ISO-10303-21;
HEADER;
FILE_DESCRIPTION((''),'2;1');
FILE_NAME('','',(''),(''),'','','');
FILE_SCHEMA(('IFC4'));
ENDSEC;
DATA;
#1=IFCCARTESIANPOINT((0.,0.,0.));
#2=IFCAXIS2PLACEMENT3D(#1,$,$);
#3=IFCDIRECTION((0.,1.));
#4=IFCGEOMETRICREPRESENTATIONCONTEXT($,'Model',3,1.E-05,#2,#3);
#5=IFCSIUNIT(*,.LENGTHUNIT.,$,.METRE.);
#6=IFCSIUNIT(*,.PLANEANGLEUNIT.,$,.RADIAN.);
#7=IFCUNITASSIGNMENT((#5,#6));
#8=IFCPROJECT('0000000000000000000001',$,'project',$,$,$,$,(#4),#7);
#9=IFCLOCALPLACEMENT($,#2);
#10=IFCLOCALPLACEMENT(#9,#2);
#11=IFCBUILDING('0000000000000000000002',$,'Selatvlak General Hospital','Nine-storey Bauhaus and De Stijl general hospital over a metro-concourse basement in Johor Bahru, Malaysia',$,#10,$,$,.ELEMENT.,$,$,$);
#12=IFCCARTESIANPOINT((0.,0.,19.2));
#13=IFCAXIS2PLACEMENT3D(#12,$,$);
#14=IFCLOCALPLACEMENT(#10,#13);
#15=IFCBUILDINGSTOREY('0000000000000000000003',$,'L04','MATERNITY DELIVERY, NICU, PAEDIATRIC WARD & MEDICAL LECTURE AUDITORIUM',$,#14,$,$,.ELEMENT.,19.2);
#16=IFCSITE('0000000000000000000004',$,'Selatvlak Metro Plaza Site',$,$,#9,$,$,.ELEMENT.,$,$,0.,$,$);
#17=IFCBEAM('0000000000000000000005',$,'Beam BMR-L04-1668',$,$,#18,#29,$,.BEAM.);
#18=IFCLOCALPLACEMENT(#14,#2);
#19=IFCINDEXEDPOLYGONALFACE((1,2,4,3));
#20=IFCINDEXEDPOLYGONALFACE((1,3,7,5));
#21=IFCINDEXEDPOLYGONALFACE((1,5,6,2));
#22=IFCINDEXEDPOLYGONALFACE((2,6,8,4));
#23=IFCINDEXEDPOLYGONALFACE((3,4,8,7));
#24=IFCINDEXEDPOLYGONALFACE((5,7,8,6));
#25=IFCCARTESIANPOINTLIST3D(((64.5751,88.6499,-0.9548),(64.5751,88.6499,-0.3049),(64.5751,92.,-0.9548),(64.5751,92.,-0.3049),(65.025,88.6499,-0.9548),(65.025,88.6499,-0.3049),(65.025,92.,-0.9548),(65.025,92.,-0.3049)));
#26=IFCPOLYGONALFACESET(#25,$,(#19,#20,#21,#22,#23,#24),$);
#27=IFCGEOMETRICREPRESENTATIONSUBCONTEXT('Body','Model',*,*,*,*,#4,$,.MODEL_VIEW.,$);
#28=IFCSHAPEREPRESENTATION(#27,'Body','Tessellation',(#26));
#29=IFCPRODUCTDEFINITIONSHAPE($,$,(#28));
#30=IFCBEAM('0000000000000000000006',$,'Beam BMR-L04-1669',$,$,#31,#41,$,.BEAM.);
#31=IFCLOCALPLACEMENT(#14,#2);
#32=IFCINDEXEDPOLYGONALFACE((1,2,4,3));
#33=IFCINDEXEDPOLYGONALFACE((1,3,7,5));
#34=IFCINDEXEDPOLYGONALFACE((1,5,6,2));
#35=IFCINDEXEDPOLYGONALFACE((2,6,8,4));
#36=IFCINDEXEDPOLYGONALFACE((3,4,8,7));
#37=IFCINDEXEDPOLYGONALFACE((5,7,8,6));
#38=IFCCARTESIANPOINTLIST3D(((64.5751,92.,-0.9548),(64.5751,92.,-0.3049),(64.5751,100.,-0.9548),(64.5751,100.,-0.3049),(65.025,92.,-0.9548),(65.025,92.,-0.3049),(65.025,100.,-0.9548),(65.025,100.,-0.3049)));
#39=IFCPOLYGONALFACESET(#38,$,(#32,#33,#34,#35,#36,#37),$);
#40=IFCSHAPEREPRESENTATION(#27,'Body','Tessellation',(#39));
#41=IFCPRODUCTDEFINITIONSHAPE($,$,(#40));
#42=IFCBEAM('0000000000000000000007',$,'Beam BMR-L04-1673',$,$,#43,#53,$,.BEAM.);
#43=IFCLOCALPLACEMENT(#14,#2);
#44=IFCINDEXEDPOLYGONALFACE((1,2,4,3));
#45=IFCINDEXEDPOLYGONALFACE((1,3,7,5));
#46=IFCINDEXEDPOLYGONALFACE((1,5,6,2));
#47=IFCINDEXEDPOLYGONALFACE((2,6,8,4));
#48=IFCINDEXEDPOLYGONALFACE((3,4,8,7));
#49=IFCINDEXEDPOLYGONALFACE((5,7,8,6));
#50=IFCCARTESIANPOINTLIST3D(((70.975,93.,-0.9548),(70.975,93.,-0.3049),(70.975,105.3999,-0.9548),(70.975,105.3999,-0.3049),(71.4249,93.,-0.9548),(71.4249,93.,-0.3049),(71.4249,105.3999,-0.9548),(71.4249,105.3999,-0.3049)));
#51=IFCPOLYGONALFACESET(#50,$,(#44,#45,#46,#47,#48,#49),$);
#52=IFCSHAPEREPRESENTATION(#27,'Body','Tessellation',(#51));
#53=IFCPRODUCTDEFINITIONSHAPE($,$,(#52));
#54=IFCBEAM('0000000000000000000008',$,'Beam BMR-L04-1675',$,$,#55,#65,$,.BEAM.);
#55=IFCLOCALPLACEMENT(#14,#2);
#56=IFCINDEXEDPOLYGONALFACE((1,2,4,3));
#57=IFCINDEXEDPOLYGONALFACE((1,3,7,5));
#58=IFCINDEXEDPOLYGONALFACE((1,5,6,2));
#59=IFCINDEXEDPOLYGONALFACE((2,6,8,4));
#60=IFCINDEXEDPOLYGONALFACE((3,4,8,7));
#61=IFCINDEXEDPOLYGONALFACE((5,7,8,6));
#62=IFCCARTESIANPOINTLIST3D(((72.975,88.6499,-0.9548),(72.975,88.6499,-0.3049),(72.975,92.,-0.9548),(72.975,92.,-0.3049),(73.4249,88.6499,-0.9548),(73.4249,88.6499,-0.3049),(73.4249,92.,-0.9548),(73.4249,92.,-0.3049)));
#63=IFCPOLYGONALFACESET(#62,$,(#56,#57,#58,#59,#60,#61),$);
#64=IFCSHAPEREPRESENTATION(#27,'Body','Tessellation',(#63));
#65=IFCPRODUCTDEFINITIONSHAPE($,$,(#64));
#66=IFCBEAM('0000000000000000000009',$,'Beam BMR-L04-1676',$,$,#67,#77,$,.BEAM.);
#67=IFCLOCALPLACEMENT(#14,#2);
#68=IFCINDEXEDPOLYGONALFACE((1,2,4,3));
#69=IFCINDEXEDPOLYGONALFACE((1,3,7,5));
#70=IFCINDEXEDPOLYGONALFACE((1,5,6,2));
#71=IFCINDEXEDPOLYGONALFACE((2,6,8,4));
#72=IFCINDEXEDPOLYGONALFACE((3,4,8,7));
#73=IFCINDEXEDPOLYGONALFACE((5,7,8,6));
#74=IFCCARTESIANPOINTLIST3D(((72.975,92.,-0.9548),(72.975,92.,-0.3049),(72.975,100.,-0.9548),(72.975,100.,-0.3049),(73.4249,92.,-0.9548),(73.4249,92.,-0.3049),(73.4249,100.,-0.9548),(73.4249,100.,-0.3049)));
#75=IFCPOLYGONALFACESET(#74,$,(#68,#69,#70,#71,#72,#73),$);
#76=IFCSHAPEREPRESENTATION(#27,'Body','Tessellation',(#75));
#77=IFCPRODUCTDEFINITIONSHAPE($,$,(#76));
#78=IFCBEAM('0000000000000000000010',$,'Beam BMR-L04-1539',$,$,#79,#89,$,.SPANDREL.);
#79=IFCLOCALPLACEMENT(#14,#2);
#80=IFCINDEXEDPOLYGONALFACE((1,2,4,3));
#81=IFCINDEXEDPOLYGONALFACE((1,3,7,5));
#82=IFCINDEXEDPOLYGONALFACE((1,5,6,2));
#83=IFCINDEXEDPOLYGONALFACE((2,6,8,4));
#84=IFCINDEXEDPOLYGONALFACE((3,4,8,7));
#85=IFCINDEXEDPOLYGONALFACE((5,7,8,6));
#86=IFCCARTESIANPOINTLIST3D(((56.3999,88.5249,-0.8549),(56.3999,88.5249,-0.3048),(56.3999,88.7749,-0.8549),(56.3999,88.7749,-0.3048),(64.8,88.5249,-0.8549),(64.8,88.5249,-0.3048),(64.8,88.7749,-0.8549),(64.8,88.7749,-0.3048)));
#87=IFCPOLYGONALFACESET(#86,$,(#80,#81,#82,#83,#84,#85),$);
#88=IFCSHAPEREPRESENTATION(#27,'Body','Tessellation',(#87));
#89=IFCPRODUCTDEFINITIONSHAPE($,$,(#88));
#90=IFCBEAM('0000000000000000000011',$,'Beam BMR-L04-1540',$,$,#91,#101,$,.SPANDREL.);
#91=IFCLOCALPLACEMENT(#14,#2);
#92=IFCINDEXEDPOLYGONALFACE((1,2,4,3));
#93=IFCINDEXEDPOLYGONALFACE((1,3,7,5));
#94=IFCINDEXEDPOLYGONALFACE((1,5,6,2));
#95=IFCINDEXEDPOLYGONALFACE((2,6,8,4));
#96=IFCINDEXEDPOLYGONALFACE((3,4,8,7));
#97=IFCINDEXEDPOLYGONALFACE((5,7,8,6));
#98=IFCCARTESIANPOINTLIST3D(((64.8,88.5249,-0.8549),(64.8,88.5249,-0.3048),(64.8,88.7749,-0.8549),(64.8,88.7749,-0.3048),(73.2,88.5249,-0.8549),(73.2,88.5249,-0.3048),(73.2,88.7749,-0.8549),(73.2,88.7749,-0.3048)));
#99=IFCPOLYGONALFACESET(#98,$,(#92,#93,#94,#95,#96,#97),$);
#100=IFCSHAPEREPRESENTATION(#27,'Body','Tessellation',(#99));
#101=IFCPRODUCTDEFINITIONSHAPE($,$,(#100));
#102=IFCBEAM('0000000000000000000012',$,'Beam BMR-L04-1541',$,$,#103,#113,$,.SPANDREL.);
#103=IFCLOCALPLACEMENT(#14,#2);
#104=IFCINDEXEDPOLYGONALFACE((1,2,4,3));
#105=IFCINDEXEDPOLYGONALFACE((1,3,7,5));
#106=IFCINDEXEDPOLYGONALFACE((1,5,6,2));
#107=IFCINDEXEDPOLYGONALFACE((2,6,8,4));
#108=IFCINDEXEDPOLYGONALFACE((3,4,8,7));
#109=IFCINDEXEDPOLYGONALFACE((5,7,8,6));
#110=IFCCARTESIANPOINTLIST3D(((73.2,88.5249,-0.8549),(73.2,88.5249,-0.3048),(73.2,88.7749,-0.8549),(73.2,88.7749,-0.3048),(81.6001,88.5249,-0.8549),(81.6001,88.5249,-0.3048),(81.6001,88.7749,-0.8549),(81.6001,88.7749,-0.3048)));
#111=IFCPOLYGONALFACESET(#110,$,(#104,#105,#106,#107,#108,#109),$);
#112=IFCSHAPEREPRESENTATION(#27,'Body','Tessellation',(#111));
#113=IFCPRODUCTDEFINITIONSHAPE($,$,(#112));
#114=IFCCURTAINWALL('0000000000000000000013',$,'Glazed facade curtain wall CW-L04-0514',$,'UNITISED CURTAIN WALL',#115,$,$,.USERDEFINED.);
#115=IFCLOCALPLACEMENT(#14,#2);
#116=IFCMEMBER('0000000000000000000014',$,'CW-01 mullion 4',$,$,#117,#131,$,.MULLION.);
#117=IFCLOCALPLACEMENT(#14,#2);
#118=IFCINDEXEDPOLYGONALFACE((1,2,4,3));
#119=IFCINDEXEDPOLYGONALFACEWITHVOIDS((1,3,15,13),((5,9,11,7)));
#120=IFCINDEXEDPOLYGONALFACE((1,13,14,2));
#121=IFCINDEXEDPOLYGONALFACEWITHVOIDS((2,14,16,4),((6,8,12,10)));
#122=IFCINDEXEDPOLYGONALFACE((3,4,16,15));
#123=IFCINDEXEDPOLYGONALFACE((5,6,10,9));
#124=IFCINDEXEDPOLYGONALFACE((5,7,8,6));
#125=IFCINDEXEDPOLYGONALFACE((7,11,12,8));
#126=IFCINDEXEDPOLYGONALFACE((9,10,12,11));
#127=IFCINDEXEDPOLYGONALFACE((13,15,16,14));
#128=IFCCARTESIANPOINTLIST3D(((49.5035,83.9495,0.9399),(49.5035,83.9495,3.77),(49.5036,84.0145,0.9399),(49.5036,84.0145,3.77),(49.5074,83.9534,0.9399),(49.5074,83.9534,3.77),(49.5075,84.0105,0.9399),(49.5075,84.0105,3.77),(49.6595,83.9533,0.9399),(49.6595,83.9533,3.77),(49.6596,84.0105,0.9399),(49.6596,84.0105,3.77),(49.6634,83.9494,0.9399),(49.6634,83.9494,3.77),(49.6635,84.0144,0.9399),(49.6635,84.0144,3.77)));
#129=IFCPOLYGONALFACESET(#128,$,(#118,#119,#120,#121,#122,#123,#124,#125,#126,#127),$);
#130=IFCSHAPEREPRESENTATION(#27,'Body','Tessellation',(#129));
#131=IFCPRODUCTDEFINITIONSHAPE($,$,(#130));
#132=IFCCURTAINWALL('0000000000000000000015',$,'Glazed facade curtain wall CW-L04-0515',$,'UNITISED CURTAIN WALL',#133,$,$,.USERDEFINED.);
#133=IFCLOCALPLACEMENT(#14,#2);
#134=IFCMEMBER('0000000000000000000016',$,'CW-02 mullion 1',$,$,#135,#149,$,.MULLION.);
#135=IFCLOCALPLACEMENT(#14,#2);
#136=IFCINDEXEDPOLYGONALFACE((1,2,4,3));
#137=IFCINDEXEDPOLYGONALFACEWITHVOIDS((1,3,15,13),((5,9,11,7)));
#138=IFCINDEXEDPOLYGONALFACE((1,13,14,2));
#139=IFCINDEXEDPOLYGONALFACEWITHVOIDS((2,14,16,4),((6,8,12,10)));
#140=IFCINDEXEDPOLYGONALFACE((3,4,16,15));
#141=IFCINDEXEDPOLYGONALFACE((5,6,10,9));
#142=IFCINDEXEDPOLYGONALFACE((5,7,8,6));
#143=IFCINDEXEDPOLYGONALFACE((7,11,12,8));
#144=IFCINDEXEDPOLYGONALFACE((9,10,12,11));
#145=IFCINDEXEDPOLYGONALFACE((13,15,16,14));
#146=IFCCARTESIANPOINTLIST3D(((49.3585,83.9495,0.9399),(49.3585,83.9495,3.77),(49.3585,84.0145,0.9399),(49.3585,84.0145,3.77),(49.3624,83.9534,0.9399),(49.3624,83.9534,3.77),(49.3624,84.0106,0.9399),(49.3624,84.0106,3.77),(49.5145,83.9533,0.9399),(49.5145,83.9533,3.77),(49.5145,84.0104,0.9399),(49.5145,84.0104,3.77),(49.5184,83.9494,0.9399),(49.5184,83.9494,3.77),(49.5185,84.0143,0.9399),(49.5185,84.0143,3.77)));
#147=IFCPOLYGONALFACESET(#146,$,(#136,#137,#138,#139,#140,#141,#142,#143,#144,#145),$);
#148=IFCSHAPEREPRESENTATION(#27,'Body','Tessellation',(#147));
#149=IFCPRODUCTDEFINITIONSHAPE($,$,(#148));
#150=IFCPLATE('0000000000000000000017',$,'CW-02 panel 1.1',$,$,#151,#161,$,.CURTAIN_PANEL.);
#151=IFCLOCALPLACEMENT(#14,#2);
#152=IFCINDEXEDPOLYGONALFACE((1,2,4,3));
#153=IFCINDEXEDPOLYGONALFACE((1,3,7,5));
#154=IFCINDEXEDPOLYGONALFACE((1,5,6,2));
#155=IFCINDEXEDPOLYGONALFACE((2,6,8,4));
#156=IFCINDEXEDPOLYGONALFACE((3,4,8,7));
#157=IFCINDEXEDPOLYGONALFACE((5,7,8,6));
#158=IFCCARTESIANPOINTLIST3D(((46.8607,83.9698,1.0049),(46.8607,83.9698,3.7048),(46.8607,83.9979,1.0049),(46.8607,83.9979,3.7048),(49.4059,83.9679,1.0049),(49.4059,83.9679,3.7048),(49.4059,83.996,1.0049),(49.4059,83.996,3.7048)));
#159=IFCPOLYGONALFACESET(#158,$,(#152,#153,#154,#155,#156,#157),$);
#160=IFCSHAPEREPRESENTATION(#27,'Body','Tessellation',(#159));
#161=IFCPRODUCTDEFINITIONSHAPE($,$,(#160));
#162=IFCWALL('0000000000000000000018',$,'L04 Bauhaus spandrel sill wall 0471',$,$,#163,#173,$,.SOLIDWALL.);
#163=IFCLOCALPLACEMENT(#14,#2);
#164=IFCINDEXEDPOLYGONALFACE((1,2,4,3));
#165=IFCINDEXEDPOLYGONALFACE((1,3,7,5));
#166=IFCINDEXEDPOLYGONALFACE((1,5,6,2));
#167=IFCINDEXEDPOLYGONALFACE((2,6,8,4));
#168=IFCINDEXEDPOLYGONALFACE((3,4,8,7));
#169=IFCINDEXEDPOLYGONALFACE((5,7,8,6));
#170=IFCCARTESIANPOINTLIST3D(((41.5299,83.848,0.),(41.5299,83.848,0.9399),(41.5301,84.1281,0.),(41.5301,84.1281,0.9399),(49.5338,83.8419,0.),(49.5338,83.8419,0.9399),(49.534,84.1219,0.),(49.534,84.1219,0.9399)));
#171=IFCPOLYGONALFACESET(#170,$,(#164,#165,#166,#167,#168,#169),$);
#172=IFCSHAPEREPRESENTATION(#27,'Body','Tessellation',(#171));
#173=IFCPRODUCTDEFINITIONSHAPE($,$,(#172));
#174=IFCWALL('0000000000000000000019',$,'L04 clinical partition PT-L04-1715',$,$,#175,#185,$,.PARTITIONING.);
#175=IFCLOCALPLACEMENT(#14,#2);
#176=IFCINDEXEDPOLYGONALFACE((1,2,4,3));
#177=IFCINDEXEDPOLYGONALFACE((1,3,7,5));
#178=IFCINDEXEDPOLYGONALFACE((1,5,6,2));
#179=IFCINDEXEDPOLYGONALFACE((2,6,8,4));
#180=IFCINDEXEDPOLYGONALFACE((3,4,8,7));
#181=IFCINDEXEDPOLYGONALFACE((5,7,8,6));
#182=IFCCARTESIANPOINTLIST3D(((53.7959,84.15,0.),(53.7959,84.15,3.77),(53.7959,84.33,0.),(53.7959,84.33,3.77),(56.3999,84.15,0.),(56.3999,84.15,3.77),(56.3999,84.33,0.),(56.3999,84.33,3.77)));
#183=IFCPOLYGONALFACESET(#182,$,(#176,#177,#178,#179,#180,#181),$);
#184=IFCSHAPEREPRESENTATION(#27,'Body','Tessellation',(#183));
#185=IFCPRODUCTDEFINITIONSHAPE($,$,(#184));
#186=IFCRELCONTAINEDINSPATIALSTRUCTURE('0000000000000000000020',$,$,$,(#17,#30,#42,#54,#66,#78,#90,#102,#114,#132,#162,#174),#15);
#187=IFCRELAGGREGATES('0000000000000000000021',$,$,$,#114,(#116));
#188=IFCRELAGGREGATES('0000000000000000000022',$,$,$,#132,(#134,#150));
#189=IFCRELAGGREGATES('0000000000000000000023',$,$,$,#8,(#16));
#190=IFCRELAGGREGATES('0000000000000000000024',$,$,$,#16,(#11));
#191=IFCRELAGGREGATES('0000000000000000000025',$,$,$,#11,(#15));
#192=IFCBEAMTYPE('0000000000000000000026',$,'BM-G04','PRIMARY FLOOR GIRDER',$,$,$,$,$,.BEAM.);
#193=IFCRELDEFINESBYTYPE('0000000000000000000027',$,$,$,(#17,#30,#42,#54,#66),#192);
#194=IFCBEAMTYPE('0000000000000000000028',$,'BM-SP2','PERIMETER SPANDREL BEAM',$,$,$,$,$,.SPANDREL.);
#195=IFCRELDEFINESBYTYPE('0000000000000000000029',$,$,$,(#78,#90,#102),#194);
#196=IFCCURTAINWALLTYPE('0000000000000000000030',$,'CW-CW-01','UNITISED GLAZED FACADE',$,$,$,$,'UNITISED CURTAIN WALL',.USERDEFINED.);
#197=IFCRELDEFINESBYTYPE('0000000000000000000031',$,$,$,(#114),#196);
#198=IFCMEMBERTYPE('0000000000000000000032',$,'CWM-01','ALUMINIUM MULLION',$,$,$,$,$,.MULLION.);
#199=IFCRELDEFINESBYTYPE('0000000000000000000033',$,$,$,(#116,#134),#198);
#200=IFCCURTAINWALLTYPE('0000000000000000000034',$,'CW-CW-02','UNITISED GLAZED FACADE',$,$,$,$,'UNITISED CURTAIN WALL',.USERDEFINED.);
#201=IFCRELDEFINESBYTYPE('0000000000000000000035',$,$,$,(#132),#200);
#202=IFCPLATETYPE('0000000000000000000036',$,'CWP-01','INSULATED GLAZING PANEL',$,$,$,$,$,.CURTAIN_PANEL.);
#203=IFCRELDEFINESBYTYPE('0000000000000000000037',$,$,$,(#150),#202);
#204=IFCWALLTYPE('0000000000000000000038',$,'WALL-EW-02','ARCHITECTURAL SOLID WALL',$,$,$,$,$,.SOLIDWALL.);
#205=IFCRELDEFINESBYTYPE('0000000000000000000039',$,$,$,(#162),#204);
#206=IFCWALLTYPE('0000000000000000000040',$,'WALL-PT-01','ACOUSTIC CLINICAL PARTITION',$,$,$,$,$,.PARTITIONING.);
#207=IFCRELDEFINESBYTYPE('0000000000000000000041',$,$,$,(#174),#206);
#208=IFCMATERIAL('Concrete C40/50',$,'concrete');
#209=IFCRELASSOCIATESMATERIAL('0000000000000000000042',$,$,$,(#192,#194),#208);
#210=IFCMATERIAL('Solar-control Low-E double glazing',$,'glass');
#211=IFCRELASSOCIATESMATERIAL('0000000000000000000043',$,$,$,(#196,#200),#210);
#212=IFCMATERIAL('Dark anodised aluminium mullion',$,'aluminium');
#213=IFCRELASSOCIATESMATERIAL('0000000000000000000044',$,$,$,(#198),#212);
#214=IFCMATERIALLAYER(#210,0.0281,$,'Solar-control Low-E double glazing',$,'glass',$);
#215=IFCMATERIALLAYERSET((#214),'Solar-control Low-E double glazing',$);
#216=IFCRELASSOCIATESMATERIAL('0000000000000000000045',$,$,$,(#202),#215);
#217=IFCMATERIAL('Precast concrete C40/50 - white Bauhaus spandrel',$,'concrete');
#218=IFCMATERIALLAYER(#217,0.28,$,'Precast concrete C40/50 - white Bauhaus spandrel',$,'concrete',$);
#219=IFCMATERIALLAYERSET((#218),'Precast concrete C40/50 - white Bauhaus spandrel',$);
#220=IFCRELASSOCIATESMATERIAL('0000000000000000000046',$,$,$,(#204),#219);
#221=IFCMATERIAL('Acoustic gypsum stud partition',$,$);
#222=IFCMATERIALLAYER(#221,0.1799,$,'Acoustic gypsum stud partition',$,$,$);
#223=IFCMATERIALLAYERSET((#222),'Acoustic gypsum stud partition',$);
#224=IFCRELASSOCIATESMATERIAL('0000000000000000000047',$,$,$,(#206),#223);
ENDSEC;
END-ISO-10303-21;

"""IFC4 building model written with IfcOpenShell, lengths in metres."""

from ifc_helpers import new_model, si_unit, direction, frame, frame_2d, origin, origin_2d, place, context, subcontext, project, spatial, rectangle, hollow_rectangle, extrude, material, layer, layer_set, material_profile, profile_set, type_object, element, aggregate, save


model = new_model("IFC4")

# Units and contexts
model_context = context("Model", 3, precision=1e-05, world=origin(), true_north=direction((0.0, 1.0)))
body_context = subcontext(model_context, "Body", "Model", "MODEL_VIEW")
ifc_project = project(units=[si_unit("LENGTHUNIT", "METRE"), si_unit("PLANEANGLEUNIT", "RADIAN")], contexts=[model_context])

# Site, building, storey
site_placement = place(None, origin())
site = spatial("IfcSite", under=ifc_project, at=site_placement, Name="Selatvlak Metro Plaza Site", CompositionType="ELEMENT", RefElevation=0.0)
building_placement = place(site_placement, origin())
building = spatial("IfcBuilding", under=site, at=building_placement, Name="Selatvlak General Hospital", Description="Nine-storey Bauhaus and De Stijl general hospital over a metro-concourse basement in Johor Bahru, Malaysia", CompositionType="ELEMENT")
storey_placement = place(building_placement, frame((0.0, 0.0, 19.2)))
storey = spatial("IfcBuildingStorey", under=building, at=storey_placement, Name="L04", Description="MATERNITY DELIVERY, NICU, PAEDIATRIC WARD & MEDICAL LECTURE AUDITORIUM", CompositionType="ELEMENT", Elevation=19.2)

# Beams
ifc_material_1 = material(Name="Concrete C40/50", Category="concrete")
ifc_material_profile_1 = material_profile(ifc_material_1, rectangle(XDim=0.45, YDim=0.6499, at=origin_2d()), Name="RC-BM 450x650")
ifc_profile_set_1 = profile_set([ifc_material_profile_1], Name="Concrete C40/50")
beam_type_1 = type_object("IfcBeamType", Name="BM-G04", Description="PRIMARY FLOOR GIRDER", PredefinedType="BEAM", material=ifc_profile_set_1)
beam_1_placement = place(storey_placement, frame((64.8, 88.6499, -0.6299), z_axis=(0.0, 1.0, 0.0), x_axis=(-1.0, 0.0, 0.0)))
element("IfcBeam", 1, at=beam_1_placement, inside=storey, type_object=beam_type_1, Name="Beam BMR-L04-1668", PredefinedType="BEAM", context=body_context, shape_type="SweptSolid", body=[
    extrude(rectangle(XDim=0.45, YDim=0.6499, at=origin_2d()), origin(), (0.0, 0.0, 1.0), 3.3501),
])
beam_2_placement = place(storey_placement, frame((64.8, 92.0, -0.6299), z_axis=(0.0, 1.0, 0.0), x_axis=(-1.0, 0.0, 0.0)))
element("IfcBeam", 2, at=beam_2_placement, inside=storey, type_object=beam_type_1, Name="Beam BMR-L04-1669", PredefinedType="BEAM", context=body_context, shape_type="SweptSolid", body=[
    extrude(rectangle(XDim=0.45, YDim=0.6499, at=origin_2d()), origin(), (0.0, 0.0, 1.0), 8.0),
])
beam_3_placement = place(storey_placement, frame((71.2, 93.0, -0.6299), z_axis=(0.0, 1.0, 0.0), x_axis=(-1.0, 0.0, 0.0)))
element("IfcBeam", 3, at=beam_3_placement, inside=storey, type_object=beam_type_1, Name="Beam BMR-L04-1673", PredefinedType="BEAM", context=body_context, shape_type="SweptSolid", body=[
    extrude(rectangle(XDim=0.45, YDim=0.6499, at=origin_2d()), origin(), (0.0, 0.0, 1.0), 12.3999),
])
beam_4_placement = place(storey_placement, frame((73.2, 88.6499, -0.6299), z_axis=(0.0, 1.0, 0.0), x_axis=(-1.0, 0.0, 0.0)))
element("IfcBeam", 4, at=beam_4_placement, inside=storey, type_object=beam_type_1, Name="Beam BMR-L04-1675", PredefinedType="BEAM", context=body_context, shape_type="SweptSolid", body=[
    extrude(rectangle(XDim=0.45, YDim=0.6499, at=origin_2d()), origin(), (0.0, 0.0, 1.0), 3.3501),
])
beam_5_placement = place(storey_placement, frame((73.2, 92.0, -0.6299), z_axis=(0.0, 1.0, 0.0), x_axis=(-1.0, 0.0, 0.0)))
element("IfcBeam", 5, at=beam_5_placement, inside=storey, type_object=beam_type_1, Name="Beam BMR-L04-1676", PredefinedType="BEAM", context=body_context, shape_type="SweptSolid", body=[
    extrude(rectangle(XDim=0.45, YDim=0.6499, at=origin_2d()), origin(), (0.0, 0.0, 1.0), 8.0),
])
ifc_material_profile_2 = material_profile(ifc_material_1, rectangle(XDim=0.25, YDim=0.55, at=origin_2d()), Name="RC-SP 250x550")
ifc_profile_set_2 = profile_set([ifc_material_profile_2], Name="Concrete C40/50")
beam_type_2 = type_object("IfcBeamType", Name="BM-SP2", Description="PERIMETER SPANDREL BEAM", PredefinedType="SPANDREL", material=ifc_profile_set_2)
beam_6_placement = place(storey_placement, frame((56.3999, 88.6499, -0.5798), z_axis=(1.0, 0.0, 0.0), x_axis=(0.0, 1.0, 0.0)))
element("IfcBeam", 6, at=beam_6_placement, inside=storey, type_object=beam_type_2, Name="Beam BMR-L04-1539", PredefinedType="SPANDREL", context=body_context, shape_type="SweptSolid", body=[
    extrude(rectangle(XDim=0.25, YDim=0.55, at=origin_2d()), origin(), (0.0, 0.0, 1.0), 8.4001),
])
beam_7_placement = place(storey_placement, frame((64.8, 88.6499, -0.5798), z_axis=(1.0, 0.0, 0.0), x_axis=(0.0, 1.0, 0.0)))
element("IfcBeam", 7, at=beam_7_placement, inside=storey, type_object=beam_type_2, Name="Beam BMR-L04-1540", PredefinedType="SPANDREL", context=body_context, shape_type="SweptSolid", body=[
    extrude(rectangle(XDim=0.25, YDim=0.55, at=origin_2d()), origin(), (0.0, 0.0, 1.0), 8.3999),
])
beam_8_placement = place(storey_placement, frame((73.2, 88.6499, -0.5798), z_axis=(1.0, 0.0, 0.0), x_axis=(0.0, 1.0, 0.0)))
element("IfcBeam", 8, at=beam_8_placement, inside=storey, type_object=beam_type_2, Name="Beam BMR-L04-1541", PredefinedType="SPANDREL", context=body_context, shape_type="SweptSolid", body=[
    extrude(rectangle(XDim=0.25, YDim=0.55, at=origin_2d()), origin(), (0.0, 0.0, 1.0), 8.4001),
])

# Curtain wall, member
ifc_material_2 = material(Name="Solar-control Low-E double glazing", Category="glass")
curtain_wall_type_1 = type_object("IfcCurtainWallType", Name="CW-CW-01", Description="UNITISED GLAZED FACADE", ElementType="UNITISED CURTAIN WALL", PredefinedType="USERDEFINED", material=ifc_material_2)
curtain_wall_1_placement = place(storey_placement, origin())
curtain_wall_1 = element("IfcCurtainWall", 9, at=curtain_wall_1_placement, inside=storey, type_object=curtain_wall_type_1, Name="Glazed facade curtain wall CW-L04-0514", ObjectType="UNITISED CURTAIN WALL", PredefinedType="USERDEFINED")
ifc_material_3 = material(Name="Dark anodised aluminium mullion", Category="aluminium")
ifc_material_profile_3 = material_profile(ifc_material_3, hollow_rectangle(XDim=0.0649, YDim=0.1599, WallThickness=0.0039, at=origin_2d()), Name="AL-MUL 65x160x4")
ifc_profile_set_3 = profile_set([ifc_material_profile_3], Name="Dark anodised aluminium mullion")
member_type = type_object("IfcMemberType", Name="CWM-01", Description="ALUMINIUM MULLION", PredefinedType="MULLION", material=ifc_profile_set_3)
member_1_placement = place(storey_placement, frame((49.5835, 83.9819, 0.9399), z_axis=(0.0, 0.0, 1.0), x_axis=(-0.000631, -1.0, 0.0)))
member_1 = element("IfcMember", 10, at=member_1_placement, type_object=member_type, Name="CW-01 mullion 4", PredefinedType="MULLION", context=body_context, shape_type="SweptSolid", body=[
    extrude(hollow_rectangle(XDim=0.0649, YDim=0.1599, WallThickness=0.0039, at=origin_2d()), origin(), (0.0, 0.0, 1.0), 2.8301),
])
aggregate(curtain_wall_1, [member_1])

# Curtain wall, member, plate
curtain_wall_type_2 = type_object("IfcCurtainWallType", Name="CW-CW-02", Description="UNITISED GLAZED FACADE", ElementType="UNITISED CURTAIN WALL", PredefinedType="USERDEFINED", material=ifc_material_2)
curtain_wall_2_placement = place(storey_placement, origin())
curtain_wall_2 = element("IfcCurtainWall", 11, at=curtain_wall_2_placement, inside=storey, type_object=curtain_wall_type_2, Name="Glazed facade curtain wall CW-L04-0515", ObjectType="UNITISED CURTAIN WALL", PredefinedType="USERDEFINED")
member_2_placement = place(storey_placement, frame((49.4385, 83.9819, 0.9399), z_axis=(0.0, 0.0, 1.0), x_axis=(-0.000757, -1.0, 0.0)))
member_2 = element("IfcMember", 12, at=member_2_placement, type_object=member_type, Name="CW-02 mullion 1", PredefinedType="MULLION", context=body_context, shape_type="SweptSolid", body=[
    extrude(hollow_rectangle(XDim=0.0649, YDim=0.1599, WallThickness=0.0039, at=origin_2d()), origin(), (0.0, 0.0, 1.0), 2.8301),
])
ifc_layer_1 = layer(ifc_material_2, 0.0281, Name="Solar-control Low-E double glazing", Category="glass")
ifc_layer_set_1 = layer_set([ifc_layer_1], Name="Solar-control Low-E double glazing")
plate_type = type_object("IfcPlateType", Name="CWP-01", Description="INSULATED GLAZING PANEL", PredefinedType="CURTAIN_PANEL", material=ifc_layer_set_1)
plate_placement = place(storey_placement, frame((48.1333, 83.9829, 1.0049), z_axis=(0.0, 0.0, 1.0), x_axis=(-1.0, 0.000757, 0.0)))
plate = element("IfcPlate", 13, at=plate_placement, type_object=plate_type, Name="CW-02 panel 1.1", PredefinedType="CURTAIN_PANEL", context=body_context, shape_type="SweptSolid", body=[
    extrude(rectangle(XDim=2.5452, YDim=0.0281, at=origin_2d()), origin(), (0.0, 0.0, 1.0), 2.7),
])
aggregate(curtain_wall_2, [member_2, plate])

# Walls
ifc_material_4 = material(Name="Precast concrete C40/50 - white Bauhaus spandrel", Category="concrete")
ifc_layer_2 = layer(ifc_material_4, 0.28, Name="Precast concrete C40/50 - white Bauhaus spandrel", Category="concrete")
ifc_layer_set_2 = layer_set([ifc_layer_2], Name="Precast concrete C40/50 - white Bauhaus spandrel")
wall_type_1 = type_object("IfcWallType", Name="WALL-EW-02", Description="ARCHITECTURAL SOLID WALL", PredefinedType="SOLIDWALL", material=ifc_layer_set_2)
wall_1_placement = place(storey_placement, frame((49.5339, 83.9819, 0.0), z_axis=(0.0, 0.0, 1.0), x_axis=(-1.0, 0.000763, 0.0)))
element("IfcWall", 14, at=wall_1_placement, inside=storey, type_object=wall_type_1, Name="L04 Bauhaus spandrel sill wall 0471", PredefinedType="SOLIDWALL", context=body_context, shape_type="SweptSolid", body=[
    extrude(rectangle(XDim=8.0039, YDim=0.28, at=frame_2d((4.002, 0.0))), origin(), (0.0, 0.0, 1.0), 0.9399),
])
ifc_material_5 = material(Name="Acoustic gypsum stud partition")
ifc_layer_3 = layer(ifc_material_5, 0.1799, Name="Acoustic gypsum stud partition")
ifc_layer_set_3 = layer_set([ifc_layer_3], Name="Acoustic gypsum stud partition")
wall_type_2 = type_object("IfcWallType", Name="WALL-PT-01", Description="ACOUSTIC CLINICAL PARTITION", PredefinedType="PARTITIONING", material=ifc_layer_set_3)
wall_2_placement = place(storey_placement, frame((53.7959, 84.24, 0.0), z_axis=(0.0, 0.0, 1.0), x_axis=(1.0, 0.0, 0.0)))
element("IfcWall", 15, at=wall_2_placement, inside=storey, type_object=wall_type_2, Name="L04 clinical partition PT-L04-1715", PredefinedType="PARTITIONING", context=body_context, shape_type="SweptSolid", body=[
    extrude(rectangle(XDim=2.604, YDim=0.1799, at=frame_2d((1.302, 0.0))), origin(), (0.0, 0.0, 1.0), 3.77),
])

save(model, "model.ifc")
